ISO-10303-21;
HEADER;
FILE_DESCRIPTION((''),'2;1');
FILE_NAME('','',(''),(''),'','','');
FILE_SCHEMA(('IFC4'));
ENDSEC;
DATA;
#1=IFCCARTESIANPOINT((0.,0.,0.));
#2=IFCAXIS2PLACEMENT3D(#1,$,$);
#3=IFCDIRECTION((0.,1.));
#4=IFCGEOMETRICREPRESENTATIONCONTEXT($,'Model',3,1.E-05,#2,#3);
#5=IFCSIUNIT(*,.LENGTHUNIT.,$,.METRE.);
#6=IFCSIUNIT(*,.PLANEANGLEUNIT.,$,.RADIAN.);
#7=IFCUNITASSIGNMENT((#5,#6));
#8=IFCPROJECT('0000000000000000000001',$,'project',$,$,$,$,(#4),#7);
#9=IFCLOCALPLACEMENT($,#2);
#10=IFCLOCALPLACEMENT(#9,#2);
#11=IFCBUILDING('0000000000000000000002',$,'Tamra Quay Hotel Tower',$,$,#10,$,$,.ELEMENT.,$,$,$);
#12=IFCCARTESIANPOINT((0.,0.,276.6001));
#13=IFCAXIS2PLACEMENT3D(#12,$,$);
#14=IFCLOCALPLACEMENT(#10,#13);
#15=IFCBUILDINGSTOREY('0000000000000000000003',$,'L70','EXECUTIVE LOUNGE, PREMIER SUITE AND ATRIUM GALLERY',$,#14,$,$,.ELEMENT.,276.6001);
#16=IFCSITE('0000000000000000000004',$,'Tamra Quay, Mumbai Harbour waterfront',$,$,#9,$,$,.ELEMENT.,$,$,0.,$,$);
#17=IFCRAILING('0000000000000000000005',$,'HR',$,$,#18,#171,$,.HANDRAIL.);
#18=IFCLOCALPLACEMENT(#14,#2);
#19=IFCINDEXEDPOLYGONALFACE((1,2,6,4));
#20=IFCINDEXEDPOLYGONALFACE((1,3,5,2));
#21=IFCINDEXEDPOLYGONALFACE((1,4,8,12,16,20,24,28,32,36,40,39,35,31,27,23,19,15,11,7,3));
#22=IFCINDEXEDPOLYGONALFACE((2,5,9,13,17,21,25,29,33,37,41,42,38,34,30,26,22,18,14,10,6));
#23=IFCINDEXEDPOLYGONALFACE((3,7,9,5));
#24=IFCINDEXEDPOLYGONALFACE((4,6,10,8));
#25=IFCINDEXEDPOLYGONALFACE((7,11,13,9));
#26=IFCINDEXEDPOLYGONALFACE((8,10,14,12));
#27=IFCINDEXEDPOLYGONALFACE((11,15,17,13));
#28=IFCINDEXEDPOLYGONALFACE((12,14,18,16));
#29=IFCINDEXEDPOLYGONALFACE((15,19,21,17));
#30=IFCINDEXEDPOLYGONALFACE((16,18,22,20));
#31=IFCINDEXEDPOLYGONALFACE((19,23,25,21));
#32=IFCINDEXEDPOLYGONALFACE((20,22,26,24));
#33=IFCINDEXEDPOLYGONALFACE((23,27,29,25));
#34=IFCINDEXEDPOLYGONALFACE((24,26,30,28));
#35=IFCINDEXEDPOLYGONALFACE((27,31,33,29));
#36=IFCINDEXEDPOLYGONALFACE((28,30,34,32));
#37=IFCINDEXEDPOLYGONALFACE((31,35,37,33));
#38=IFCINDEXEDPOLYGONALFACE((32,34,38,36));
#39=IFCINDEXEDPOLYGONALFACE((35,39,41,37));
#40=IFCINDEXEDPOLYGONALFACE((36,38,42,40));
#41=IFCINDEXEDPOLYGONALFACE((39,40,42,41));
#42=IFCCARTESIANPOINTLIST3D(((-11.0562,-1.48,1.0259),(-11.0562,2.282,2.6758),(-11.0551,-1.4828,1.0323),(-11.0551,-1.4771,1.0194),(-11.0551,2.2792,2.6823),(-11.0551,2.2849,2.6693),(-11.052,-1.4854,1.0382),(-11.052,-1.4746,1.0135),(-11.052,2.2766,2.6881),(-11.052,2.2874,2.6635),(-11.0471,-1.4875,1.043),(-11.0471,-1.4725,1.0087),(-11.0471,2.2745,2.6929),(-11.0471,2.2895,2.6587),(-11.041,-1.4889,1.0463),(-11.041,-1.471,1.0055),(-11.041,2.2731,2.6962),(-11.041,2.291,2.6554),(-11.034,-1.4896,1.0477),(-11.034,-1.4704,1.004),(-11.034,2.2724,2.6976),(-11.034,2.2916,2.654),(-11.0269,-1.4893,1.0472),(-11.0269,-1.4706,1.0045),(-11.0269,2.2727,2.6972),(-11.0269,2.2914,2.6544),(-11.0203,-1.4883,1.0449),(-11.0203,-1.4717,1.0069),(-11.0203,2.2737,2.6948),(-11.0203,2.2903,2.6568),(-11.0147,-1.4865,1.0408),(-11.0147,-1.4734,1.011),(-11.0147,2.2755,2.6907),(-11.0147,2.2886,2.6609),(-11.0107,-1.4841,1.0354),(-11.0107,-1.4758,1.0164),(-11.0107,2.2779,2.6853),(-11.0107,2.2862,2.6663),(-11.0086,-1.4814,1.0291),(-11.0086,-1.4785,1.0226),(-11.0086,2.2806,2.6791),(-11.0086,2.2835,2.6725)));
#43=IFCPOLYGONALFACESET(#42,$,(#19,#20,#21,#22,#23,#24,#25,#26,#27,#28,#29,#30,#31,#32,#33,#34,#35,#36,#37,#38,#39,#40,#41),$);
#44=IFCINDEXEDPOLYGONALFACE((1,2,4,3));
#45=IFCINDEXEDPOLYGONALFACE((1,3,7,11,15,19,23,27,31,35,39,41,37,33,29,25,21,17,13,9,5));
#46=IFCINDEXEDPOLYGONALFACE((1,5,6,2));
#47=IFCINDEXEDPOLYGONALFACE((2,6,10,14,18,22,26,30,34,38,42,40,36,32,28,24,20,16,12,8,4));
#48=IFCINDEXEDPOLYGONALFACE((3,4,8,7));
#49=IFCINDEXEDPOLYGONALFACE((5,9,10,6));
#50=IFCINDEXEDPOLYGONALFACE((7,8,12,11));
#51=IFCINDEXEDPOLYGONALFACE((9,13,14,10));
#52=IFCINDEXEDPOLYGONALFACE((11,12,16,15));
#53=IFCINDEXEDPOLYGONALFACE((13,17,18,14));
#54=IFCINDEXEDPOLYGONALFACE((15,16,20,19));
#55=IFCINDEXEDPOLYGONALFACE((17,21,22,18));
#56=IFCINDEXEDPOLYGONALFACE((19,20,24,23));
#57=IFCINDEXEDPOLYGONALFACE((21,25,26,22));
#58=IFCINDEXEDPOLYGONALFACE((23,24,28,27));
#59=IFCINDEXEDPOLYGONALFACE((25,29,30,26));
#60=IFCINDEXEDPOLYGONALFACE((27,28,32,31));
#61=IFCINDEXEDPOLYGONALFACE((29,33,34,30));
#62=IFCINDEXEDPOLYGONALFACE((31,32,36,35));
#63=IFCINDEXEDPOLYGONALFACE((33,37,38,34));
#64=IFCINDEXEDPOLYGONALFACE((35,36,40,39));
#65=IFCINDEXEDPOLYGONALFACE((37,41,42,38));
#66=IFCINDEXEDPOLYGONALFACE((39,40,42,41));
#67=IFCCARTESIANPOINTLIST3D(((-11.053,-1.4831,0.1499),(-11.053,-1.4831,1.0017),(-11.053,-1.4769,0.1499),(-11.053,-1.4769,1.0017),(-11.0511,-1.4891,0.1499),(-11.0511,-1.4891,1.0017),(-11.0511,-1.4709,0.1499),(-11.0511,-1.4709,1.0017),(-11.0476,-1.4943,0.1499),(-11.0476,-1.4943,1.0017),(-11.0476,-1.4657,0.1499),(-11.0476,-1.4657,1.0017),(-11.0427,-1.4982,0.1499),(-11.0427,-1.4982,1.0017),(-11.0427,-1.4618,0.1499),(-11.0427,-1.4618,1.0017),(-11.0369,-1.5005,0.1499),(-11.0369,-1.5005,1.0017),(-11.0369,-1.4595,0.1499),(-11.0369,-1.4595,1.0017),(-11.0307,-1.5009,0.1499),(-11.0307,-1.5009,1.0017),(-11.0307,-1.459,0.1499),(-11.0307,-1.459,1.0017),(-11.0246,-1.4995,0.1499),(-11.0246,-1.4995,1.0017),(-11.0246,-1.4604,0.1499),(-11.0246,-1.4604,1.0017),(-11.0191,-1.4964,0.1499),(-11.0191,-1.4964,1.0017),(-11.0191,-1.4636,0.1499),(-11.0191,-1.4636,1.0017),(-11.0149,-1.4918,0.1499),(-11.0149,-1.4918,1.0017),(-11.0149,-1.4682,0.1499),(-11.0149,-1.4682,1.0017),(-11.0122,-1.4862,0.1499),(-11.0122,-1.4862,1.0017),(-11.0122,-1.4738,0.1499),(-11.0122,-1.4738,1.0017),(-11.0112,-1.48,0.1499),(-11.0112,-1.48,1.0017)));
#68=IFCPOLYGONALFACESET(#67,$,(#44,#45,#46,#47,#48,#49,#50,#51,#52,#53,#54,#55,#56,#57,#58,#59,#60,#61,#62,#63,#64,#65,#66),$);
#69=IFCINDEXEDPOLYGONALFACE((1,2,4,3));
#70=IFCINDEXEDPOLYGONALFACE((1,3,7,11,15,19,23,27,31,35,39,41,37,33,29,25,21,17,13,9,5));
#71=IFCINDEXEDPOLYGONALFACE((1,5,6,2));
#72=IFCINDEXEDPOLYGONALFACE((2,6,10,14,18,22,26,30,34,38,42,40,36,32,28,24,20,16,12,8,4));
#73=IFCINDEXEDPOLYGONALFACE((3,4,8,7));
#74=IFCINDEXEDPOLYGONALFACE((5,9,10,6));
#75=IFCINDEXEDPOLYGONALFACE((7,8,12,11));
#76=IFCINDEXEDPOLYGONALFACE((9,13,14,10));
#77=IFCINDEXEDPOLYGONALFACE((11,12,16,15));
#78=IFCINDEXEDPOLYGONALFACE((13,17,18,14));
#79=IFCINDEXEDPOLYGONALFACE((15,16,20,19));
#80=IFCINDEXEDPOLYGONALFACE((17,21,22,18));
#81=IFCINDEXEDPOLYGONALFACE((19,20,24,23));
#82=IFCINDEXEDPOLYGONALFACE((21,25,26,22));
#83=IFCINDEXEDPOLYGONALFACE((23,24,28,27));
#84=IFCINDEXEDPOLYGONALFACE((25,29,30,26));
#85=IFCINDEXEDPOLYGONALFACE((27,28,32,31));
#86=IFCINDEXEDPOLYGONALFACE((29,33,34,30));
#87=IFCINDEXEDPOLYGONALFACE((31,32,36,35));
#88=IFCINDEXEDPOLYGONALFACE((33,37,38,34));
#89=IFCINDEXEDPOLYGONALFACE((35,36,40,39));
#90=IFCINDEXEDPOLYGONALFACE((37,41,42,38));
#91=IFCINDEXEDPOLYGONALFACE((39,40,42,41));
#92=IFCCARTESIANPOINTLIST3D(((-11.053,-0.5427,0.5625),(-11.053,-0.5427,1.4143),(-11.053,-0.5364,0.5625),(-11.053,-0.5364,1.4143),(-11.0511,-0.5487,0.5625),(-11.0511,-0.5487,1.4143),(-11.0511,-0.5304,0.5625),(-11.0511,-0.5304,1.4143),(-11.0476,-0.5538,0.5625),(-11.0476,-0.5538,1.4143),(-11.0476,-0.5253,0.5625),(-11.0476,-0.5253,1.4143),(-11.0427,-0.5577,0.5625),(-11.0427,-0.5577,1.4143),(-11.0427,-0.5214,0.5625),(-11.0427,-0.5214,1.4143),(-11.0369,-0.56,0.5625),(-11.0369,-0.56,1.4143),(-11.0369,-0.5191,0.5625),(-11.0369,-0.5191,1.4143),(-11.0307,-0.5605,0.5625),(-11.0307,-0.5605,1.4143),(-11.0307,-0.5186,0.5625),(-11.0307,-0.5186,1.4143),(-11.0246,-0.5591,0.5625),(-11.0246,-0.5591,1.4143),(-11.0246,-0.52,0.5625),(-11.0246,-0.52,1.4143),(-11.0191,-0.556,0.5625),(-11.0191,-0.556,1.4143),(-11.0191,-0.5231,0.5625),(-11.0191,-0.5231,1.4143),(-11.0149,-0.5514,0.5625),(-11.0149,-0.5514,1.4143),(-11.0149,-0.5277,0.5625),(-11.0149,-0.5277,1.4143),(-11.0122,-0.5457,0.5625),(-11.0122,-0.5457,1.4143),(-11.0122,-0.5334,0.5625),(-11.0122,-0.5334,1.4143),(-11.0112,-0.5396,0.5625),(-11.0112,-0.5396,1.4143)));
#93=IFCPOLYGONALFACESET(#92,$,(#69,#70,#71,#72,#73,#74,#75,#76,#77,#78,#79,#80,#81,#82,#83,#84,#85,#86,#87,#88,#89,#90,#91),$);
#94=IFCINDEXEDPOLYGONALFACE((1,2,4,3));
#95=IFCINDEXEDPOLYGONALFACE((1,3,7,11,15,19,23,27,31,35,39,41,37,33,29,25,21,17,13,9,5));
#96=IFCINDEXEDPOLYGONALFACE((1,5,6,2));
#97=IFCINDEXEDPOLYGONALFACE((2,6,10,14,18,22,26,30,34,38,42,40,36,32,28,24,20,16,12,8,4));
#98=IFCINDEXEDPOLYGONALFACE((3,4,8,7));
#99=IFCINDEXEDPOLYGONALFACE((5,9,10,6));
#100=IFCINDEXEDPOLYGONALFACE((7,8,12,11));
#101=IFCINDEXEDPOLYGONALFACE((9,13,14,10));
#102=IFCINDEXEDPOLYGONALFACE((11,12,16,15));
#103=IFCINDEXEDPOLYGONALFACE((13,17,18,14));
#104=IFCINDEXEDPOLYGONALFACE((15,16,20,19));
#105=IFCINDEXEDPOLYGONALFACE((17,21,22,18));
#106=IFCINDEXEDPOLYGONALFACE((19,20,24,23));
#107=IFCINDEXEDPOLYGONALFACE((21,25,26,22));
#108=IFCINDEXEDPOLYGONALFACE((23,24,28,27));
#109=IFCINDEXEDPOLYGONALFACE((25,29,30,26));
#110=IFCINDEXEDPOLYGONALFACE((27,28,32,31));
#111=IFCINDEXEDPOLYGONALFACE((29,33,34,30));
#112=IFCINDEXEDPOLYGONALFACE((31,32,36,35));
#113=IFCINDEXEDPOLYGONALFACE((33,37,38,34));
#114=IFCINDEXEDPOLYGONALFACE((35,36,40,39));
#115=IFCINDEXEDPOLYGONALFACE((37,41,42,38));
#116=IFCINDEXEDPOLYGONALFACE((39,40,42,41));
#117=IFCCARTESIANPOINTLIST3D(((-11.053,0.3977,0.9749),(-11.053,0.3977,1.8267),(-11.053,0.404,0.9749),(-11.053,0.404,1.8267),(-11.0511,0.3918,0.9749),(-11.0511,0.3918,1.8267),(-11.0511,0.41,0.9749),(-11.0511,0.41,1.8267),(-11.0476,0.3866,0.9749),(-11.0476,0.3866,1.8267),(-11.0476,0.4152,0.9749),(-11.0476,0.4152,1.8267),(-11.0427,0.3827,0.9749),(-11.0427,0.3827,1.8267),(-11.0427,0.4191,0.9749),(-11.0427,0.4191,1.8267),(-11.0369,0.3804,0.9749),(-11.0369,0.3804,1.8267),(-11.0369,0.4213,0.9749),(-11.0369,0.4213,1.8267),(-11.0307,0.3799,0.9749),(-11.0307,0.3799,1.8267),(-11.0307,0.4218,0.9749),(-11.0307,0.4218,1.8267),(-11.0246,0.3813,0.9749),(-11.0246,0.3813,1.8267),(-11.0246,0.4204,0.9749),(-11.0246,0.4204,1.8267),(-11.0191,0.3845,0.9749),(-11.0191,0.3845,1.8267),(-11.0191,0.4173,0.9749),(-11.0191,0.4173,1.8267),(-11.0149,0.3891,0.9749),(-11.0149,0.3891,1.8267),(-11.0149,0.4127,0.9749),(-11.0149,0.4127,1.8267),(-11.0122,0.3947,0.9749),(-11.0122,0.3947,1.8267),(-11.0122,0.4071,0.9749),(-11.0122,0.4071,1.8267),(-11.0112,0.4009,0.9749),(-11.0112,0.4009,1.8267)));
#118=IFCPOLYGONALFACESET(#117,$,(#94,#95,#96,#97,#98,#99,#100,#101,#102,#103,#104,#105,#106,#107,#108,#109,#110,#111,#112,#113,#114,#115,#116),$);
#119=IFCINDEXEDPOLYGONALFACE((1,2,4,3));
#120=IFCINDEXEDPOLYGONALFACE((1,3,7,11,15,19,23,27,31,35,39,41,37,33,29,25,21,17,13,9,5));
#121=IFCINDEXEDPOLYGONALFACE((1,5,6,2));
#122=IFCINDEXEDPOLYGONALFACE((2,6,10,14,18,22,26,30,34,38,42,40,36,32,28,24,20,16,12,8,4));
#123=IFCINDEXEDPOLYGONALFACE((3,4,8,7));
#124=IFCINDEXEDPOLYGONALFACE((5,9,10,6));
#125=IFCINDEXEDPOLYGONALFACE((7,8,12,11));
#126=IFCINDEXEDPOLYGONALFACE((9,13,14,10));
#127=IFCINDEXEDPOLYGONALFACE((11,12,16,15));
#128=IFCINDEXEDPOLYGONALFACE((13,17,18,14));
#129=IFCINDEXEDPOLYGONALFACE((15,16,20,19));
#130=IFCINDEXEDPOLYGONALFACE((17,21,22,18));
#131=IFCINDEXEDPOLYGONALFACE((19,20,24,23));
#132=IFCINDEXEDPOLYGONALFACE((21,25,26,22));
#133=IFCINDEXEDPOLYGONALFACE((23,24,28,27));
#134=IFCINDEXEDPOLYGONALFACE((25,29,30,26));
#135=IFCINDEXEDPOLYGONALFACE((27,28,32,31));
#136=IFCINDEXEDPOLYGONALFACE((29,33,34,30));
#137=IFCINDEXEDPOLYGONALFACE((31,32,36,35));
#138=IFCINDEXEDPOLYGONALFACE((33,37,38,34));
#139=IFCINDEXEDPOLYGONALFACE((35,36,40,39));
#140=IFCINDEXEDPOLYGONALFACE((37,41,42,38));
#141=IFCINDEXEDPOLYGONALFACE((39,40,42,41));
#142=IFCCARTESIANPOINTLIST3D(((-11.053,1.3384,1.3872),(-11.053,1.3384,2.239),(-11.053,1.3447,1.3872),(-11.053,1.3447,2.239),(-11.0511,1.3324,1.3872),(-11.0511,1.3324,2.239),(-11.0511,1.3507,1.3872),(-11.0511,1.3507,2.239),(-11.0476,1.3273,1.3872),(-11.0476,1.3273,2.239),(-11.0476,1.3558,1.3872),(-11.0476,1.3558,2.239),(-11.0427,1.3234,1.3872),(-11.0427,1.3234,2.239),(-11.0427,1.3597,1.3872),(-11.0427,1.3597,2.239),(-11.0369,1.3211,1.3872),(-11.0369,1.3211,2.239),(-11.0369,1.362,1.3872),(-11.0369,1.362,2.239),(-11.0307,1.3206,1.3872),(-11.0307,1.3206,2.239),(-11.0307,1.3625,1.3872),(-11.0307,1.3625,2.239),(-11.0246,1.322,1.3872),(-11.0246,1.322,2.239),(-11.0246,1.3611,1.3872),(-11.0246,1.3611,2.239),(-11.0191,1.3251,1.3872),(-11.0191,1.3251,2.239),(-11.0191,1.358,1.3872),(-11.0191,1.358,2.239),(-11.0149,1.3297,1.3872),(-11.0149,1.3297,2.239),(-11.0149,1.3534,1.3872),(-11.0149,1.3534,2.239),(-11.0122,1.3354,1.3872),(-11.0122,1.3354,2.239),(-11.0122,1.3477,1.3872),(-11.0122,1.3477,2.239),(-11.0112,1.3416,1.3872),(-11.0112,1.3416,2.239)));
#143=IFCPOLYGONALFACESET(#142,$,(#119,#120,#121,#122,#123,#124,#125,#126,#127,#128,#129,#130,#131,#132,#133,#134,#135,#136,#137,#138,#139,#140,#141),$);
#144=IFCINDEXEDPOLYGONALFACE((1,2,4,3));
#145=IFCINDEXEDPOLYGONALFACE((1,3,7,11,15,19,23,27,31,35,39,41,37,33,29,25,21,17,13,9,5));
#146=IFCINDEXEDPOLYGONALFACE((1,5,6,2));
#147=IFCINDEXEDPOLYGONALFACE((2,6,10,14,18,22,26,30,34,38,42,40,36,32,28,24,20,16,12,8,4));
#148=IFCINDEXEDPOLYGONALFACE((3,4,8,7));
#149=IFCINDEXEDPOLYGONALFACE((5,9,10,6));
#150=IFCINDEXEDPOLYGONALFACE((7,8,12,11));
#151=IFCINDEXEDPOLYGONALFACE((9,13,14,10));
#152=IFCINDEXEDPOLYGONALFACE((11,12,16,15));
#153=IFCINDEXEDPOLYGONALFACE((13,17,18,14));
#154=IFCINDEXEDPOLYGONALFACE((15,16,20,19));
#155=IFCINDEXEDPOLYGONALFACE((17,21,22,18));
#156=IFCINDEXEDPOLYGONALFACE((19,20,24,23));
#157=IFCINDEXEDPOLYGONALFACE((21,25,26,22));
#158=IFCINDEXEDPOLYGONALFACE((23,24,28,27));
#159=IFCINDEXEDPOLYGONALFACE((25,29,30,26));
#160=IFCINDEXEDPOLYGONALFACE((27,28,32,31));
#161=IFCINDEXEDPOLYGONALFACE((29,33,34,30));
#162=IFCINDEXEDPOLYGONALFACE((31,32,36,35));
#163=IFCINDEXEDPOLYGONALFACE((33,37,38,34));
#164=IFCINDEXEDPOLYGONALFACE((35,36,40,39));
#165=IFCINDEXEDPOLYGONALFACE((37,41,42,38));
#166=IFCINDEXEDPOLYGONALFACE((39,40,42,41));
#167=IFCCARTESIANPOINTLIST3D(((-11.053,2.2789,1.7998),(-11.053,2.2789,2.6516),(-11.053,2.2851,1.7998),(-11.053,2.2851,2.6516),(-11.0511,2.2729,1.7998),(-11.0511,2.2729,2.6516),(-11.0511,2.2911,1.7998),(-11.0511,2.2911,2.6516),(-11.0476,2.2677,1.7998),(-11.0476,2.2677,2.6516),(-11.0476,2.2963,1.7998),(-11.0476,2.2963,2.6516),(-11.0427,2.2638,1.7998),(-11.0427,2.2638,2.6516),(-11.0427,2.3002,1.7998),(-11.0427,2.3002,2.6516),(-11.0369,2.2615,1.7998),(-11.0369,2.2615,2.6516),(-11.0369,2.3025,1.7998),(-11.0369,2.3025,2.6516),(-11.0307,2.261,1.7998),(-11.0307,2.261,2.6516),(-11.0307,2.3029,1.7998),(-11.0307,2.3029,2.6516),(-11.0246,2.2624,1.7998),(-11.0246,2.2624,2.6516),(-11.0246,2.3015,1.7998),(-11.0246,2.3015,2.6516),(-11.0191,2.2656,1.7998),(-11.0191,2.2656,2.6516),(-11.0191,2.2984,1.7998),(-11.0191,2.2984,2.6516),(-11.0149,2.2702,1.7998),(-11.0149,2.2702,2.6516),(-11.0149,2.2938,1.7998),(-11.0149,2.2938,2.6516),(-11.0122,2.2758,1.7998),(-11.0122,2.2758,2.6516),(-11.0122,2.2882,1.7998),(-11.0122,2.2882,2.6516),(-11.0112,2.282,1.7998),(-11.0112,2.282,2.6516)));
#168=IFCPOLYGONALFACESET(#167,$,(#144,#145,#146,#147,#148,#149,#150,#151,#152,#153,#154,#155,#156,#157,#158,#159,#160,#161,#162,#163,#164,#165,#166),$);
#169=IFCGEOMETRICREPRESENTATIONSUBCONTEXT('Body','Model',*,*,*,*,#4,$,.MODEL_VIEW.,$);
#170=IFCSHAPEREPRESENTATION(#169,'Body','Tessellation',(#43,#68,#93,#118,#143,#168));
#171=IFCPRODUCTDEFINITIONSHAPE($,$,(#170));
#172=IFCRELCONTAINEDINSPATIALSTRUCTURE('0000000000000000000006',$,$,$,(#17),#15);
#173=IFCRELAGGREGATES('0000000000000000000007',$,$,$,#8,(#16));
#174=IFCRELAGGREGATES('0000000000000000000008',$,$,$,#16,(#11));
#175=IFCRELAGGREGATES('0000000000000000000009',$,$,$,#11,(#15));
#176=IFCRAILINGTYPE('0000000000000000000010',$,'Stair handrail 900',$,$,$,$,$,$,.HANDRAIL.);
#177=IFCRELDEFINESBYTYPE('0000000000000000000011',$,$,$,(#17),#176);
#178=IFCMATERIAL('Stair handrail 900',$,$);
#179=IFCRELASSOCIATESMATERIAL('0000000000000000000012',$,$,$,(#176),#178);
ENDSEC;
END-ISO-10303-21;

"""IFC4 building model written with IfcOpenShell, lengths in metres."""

from ifc_helpers import new_model, si_unit, direction, frame, origin, origin_2d, place, context, subcontext, project, spatial, circle, extrude, material, type_object, element, save


model = new_model("IFC4")

# Units and contexts
model_context = context("Model", 3, precision=1e-05, world=origin(), true_north=direction((0.0, 1.0)))
body_context = subcontext(model_context, "Body", "Model", "MODEL_VIEW")
ifc_project = project(units=[si_unit("LENGTHUNIT", "METRE"), si_unit("PLANEANGLEUNIT", "RADIAN")], contexts=[model_context])

# Site, building, storey
site_placement = place(None, origin())
site = spatial("IfcSite", under=ifc_project, at=site_placement, Name="Tamra Quay, Mumbai Harbour waterfront", CompositionType="ELEMENT", RefElevation=0.0)
building_placement = place(site_placement, origin())
building = spatial("IfcBuilding", under=site, at=building_placement, Name="Tamra Quay Hotel Tower", CompositionType="ELEMENT")
storey_placement = place(building_placement, frame((0.0, 0.0, 276.6001)))
storey = spatial("IfcBuildingStorey", under=building, at=storey_placement, Name="L70", Description="EXECUTIVE LOUNGE, PREMIER SUITE AND ATRIUM GALLERY", CompositionType="ELEMENT", Elevation=276.6001)

# Railing
ifc_material_1 = material(Name="Stair handrail 900")
railing_type = type_object("IfcRailingType", Name="Stair handrail 900", PredefinedType="HANDRAIL", material=ifc_material_1)
railing_placement = place(storey_placement, frame((-11.0322, -1.48, 0.1499)))
element("IfcRailing", 1, at=railing_placement, inside=storey, type_object=railing_type, Name="HR", PredefinedType="HANDRAIL", context=body_context, shape_type="SweptSolid", body=[
    extrude(circle(Radius=0.0239, at=origin_2d()), frame((0.0, 0.0, 0.876), z_axis=(0.0, 0.915795, 0.401645), x_axis=(-1.0, 0.0, 0.0)), (0.0, 0.0, 1.0), 4.1079),
    extrude(circle(Radius=0.021, at=origin_2d()), origin(), (0.0, 0.0, 1.0), 0.8518),
    extrude(circle(Radius=0.021, at=origin_2d()), frame((0.0, 0.9404, 0.4126)), (0.0, 0.0, 1.0), 0.8518),
    extrude(circle(Radius=0.021, at=origin_2d()), frame((0.0, 1.8809, 0.825)), (0.0, 0.0, 1.0), 0.8518),
    extrude(circle(Radius=0.021, at=origin_2d()), frame((0.0, 2.8215, 1.2373)), (0.0, 0.0, 1.0), 0.8518),
    extrude(circle(Radius=0.021, at=origin_2d()), frame((0.0, 3.762, 1.6499)), (0.0, 0.0, 1.0), 0.8518),
])

save(model, "model.ifc")
